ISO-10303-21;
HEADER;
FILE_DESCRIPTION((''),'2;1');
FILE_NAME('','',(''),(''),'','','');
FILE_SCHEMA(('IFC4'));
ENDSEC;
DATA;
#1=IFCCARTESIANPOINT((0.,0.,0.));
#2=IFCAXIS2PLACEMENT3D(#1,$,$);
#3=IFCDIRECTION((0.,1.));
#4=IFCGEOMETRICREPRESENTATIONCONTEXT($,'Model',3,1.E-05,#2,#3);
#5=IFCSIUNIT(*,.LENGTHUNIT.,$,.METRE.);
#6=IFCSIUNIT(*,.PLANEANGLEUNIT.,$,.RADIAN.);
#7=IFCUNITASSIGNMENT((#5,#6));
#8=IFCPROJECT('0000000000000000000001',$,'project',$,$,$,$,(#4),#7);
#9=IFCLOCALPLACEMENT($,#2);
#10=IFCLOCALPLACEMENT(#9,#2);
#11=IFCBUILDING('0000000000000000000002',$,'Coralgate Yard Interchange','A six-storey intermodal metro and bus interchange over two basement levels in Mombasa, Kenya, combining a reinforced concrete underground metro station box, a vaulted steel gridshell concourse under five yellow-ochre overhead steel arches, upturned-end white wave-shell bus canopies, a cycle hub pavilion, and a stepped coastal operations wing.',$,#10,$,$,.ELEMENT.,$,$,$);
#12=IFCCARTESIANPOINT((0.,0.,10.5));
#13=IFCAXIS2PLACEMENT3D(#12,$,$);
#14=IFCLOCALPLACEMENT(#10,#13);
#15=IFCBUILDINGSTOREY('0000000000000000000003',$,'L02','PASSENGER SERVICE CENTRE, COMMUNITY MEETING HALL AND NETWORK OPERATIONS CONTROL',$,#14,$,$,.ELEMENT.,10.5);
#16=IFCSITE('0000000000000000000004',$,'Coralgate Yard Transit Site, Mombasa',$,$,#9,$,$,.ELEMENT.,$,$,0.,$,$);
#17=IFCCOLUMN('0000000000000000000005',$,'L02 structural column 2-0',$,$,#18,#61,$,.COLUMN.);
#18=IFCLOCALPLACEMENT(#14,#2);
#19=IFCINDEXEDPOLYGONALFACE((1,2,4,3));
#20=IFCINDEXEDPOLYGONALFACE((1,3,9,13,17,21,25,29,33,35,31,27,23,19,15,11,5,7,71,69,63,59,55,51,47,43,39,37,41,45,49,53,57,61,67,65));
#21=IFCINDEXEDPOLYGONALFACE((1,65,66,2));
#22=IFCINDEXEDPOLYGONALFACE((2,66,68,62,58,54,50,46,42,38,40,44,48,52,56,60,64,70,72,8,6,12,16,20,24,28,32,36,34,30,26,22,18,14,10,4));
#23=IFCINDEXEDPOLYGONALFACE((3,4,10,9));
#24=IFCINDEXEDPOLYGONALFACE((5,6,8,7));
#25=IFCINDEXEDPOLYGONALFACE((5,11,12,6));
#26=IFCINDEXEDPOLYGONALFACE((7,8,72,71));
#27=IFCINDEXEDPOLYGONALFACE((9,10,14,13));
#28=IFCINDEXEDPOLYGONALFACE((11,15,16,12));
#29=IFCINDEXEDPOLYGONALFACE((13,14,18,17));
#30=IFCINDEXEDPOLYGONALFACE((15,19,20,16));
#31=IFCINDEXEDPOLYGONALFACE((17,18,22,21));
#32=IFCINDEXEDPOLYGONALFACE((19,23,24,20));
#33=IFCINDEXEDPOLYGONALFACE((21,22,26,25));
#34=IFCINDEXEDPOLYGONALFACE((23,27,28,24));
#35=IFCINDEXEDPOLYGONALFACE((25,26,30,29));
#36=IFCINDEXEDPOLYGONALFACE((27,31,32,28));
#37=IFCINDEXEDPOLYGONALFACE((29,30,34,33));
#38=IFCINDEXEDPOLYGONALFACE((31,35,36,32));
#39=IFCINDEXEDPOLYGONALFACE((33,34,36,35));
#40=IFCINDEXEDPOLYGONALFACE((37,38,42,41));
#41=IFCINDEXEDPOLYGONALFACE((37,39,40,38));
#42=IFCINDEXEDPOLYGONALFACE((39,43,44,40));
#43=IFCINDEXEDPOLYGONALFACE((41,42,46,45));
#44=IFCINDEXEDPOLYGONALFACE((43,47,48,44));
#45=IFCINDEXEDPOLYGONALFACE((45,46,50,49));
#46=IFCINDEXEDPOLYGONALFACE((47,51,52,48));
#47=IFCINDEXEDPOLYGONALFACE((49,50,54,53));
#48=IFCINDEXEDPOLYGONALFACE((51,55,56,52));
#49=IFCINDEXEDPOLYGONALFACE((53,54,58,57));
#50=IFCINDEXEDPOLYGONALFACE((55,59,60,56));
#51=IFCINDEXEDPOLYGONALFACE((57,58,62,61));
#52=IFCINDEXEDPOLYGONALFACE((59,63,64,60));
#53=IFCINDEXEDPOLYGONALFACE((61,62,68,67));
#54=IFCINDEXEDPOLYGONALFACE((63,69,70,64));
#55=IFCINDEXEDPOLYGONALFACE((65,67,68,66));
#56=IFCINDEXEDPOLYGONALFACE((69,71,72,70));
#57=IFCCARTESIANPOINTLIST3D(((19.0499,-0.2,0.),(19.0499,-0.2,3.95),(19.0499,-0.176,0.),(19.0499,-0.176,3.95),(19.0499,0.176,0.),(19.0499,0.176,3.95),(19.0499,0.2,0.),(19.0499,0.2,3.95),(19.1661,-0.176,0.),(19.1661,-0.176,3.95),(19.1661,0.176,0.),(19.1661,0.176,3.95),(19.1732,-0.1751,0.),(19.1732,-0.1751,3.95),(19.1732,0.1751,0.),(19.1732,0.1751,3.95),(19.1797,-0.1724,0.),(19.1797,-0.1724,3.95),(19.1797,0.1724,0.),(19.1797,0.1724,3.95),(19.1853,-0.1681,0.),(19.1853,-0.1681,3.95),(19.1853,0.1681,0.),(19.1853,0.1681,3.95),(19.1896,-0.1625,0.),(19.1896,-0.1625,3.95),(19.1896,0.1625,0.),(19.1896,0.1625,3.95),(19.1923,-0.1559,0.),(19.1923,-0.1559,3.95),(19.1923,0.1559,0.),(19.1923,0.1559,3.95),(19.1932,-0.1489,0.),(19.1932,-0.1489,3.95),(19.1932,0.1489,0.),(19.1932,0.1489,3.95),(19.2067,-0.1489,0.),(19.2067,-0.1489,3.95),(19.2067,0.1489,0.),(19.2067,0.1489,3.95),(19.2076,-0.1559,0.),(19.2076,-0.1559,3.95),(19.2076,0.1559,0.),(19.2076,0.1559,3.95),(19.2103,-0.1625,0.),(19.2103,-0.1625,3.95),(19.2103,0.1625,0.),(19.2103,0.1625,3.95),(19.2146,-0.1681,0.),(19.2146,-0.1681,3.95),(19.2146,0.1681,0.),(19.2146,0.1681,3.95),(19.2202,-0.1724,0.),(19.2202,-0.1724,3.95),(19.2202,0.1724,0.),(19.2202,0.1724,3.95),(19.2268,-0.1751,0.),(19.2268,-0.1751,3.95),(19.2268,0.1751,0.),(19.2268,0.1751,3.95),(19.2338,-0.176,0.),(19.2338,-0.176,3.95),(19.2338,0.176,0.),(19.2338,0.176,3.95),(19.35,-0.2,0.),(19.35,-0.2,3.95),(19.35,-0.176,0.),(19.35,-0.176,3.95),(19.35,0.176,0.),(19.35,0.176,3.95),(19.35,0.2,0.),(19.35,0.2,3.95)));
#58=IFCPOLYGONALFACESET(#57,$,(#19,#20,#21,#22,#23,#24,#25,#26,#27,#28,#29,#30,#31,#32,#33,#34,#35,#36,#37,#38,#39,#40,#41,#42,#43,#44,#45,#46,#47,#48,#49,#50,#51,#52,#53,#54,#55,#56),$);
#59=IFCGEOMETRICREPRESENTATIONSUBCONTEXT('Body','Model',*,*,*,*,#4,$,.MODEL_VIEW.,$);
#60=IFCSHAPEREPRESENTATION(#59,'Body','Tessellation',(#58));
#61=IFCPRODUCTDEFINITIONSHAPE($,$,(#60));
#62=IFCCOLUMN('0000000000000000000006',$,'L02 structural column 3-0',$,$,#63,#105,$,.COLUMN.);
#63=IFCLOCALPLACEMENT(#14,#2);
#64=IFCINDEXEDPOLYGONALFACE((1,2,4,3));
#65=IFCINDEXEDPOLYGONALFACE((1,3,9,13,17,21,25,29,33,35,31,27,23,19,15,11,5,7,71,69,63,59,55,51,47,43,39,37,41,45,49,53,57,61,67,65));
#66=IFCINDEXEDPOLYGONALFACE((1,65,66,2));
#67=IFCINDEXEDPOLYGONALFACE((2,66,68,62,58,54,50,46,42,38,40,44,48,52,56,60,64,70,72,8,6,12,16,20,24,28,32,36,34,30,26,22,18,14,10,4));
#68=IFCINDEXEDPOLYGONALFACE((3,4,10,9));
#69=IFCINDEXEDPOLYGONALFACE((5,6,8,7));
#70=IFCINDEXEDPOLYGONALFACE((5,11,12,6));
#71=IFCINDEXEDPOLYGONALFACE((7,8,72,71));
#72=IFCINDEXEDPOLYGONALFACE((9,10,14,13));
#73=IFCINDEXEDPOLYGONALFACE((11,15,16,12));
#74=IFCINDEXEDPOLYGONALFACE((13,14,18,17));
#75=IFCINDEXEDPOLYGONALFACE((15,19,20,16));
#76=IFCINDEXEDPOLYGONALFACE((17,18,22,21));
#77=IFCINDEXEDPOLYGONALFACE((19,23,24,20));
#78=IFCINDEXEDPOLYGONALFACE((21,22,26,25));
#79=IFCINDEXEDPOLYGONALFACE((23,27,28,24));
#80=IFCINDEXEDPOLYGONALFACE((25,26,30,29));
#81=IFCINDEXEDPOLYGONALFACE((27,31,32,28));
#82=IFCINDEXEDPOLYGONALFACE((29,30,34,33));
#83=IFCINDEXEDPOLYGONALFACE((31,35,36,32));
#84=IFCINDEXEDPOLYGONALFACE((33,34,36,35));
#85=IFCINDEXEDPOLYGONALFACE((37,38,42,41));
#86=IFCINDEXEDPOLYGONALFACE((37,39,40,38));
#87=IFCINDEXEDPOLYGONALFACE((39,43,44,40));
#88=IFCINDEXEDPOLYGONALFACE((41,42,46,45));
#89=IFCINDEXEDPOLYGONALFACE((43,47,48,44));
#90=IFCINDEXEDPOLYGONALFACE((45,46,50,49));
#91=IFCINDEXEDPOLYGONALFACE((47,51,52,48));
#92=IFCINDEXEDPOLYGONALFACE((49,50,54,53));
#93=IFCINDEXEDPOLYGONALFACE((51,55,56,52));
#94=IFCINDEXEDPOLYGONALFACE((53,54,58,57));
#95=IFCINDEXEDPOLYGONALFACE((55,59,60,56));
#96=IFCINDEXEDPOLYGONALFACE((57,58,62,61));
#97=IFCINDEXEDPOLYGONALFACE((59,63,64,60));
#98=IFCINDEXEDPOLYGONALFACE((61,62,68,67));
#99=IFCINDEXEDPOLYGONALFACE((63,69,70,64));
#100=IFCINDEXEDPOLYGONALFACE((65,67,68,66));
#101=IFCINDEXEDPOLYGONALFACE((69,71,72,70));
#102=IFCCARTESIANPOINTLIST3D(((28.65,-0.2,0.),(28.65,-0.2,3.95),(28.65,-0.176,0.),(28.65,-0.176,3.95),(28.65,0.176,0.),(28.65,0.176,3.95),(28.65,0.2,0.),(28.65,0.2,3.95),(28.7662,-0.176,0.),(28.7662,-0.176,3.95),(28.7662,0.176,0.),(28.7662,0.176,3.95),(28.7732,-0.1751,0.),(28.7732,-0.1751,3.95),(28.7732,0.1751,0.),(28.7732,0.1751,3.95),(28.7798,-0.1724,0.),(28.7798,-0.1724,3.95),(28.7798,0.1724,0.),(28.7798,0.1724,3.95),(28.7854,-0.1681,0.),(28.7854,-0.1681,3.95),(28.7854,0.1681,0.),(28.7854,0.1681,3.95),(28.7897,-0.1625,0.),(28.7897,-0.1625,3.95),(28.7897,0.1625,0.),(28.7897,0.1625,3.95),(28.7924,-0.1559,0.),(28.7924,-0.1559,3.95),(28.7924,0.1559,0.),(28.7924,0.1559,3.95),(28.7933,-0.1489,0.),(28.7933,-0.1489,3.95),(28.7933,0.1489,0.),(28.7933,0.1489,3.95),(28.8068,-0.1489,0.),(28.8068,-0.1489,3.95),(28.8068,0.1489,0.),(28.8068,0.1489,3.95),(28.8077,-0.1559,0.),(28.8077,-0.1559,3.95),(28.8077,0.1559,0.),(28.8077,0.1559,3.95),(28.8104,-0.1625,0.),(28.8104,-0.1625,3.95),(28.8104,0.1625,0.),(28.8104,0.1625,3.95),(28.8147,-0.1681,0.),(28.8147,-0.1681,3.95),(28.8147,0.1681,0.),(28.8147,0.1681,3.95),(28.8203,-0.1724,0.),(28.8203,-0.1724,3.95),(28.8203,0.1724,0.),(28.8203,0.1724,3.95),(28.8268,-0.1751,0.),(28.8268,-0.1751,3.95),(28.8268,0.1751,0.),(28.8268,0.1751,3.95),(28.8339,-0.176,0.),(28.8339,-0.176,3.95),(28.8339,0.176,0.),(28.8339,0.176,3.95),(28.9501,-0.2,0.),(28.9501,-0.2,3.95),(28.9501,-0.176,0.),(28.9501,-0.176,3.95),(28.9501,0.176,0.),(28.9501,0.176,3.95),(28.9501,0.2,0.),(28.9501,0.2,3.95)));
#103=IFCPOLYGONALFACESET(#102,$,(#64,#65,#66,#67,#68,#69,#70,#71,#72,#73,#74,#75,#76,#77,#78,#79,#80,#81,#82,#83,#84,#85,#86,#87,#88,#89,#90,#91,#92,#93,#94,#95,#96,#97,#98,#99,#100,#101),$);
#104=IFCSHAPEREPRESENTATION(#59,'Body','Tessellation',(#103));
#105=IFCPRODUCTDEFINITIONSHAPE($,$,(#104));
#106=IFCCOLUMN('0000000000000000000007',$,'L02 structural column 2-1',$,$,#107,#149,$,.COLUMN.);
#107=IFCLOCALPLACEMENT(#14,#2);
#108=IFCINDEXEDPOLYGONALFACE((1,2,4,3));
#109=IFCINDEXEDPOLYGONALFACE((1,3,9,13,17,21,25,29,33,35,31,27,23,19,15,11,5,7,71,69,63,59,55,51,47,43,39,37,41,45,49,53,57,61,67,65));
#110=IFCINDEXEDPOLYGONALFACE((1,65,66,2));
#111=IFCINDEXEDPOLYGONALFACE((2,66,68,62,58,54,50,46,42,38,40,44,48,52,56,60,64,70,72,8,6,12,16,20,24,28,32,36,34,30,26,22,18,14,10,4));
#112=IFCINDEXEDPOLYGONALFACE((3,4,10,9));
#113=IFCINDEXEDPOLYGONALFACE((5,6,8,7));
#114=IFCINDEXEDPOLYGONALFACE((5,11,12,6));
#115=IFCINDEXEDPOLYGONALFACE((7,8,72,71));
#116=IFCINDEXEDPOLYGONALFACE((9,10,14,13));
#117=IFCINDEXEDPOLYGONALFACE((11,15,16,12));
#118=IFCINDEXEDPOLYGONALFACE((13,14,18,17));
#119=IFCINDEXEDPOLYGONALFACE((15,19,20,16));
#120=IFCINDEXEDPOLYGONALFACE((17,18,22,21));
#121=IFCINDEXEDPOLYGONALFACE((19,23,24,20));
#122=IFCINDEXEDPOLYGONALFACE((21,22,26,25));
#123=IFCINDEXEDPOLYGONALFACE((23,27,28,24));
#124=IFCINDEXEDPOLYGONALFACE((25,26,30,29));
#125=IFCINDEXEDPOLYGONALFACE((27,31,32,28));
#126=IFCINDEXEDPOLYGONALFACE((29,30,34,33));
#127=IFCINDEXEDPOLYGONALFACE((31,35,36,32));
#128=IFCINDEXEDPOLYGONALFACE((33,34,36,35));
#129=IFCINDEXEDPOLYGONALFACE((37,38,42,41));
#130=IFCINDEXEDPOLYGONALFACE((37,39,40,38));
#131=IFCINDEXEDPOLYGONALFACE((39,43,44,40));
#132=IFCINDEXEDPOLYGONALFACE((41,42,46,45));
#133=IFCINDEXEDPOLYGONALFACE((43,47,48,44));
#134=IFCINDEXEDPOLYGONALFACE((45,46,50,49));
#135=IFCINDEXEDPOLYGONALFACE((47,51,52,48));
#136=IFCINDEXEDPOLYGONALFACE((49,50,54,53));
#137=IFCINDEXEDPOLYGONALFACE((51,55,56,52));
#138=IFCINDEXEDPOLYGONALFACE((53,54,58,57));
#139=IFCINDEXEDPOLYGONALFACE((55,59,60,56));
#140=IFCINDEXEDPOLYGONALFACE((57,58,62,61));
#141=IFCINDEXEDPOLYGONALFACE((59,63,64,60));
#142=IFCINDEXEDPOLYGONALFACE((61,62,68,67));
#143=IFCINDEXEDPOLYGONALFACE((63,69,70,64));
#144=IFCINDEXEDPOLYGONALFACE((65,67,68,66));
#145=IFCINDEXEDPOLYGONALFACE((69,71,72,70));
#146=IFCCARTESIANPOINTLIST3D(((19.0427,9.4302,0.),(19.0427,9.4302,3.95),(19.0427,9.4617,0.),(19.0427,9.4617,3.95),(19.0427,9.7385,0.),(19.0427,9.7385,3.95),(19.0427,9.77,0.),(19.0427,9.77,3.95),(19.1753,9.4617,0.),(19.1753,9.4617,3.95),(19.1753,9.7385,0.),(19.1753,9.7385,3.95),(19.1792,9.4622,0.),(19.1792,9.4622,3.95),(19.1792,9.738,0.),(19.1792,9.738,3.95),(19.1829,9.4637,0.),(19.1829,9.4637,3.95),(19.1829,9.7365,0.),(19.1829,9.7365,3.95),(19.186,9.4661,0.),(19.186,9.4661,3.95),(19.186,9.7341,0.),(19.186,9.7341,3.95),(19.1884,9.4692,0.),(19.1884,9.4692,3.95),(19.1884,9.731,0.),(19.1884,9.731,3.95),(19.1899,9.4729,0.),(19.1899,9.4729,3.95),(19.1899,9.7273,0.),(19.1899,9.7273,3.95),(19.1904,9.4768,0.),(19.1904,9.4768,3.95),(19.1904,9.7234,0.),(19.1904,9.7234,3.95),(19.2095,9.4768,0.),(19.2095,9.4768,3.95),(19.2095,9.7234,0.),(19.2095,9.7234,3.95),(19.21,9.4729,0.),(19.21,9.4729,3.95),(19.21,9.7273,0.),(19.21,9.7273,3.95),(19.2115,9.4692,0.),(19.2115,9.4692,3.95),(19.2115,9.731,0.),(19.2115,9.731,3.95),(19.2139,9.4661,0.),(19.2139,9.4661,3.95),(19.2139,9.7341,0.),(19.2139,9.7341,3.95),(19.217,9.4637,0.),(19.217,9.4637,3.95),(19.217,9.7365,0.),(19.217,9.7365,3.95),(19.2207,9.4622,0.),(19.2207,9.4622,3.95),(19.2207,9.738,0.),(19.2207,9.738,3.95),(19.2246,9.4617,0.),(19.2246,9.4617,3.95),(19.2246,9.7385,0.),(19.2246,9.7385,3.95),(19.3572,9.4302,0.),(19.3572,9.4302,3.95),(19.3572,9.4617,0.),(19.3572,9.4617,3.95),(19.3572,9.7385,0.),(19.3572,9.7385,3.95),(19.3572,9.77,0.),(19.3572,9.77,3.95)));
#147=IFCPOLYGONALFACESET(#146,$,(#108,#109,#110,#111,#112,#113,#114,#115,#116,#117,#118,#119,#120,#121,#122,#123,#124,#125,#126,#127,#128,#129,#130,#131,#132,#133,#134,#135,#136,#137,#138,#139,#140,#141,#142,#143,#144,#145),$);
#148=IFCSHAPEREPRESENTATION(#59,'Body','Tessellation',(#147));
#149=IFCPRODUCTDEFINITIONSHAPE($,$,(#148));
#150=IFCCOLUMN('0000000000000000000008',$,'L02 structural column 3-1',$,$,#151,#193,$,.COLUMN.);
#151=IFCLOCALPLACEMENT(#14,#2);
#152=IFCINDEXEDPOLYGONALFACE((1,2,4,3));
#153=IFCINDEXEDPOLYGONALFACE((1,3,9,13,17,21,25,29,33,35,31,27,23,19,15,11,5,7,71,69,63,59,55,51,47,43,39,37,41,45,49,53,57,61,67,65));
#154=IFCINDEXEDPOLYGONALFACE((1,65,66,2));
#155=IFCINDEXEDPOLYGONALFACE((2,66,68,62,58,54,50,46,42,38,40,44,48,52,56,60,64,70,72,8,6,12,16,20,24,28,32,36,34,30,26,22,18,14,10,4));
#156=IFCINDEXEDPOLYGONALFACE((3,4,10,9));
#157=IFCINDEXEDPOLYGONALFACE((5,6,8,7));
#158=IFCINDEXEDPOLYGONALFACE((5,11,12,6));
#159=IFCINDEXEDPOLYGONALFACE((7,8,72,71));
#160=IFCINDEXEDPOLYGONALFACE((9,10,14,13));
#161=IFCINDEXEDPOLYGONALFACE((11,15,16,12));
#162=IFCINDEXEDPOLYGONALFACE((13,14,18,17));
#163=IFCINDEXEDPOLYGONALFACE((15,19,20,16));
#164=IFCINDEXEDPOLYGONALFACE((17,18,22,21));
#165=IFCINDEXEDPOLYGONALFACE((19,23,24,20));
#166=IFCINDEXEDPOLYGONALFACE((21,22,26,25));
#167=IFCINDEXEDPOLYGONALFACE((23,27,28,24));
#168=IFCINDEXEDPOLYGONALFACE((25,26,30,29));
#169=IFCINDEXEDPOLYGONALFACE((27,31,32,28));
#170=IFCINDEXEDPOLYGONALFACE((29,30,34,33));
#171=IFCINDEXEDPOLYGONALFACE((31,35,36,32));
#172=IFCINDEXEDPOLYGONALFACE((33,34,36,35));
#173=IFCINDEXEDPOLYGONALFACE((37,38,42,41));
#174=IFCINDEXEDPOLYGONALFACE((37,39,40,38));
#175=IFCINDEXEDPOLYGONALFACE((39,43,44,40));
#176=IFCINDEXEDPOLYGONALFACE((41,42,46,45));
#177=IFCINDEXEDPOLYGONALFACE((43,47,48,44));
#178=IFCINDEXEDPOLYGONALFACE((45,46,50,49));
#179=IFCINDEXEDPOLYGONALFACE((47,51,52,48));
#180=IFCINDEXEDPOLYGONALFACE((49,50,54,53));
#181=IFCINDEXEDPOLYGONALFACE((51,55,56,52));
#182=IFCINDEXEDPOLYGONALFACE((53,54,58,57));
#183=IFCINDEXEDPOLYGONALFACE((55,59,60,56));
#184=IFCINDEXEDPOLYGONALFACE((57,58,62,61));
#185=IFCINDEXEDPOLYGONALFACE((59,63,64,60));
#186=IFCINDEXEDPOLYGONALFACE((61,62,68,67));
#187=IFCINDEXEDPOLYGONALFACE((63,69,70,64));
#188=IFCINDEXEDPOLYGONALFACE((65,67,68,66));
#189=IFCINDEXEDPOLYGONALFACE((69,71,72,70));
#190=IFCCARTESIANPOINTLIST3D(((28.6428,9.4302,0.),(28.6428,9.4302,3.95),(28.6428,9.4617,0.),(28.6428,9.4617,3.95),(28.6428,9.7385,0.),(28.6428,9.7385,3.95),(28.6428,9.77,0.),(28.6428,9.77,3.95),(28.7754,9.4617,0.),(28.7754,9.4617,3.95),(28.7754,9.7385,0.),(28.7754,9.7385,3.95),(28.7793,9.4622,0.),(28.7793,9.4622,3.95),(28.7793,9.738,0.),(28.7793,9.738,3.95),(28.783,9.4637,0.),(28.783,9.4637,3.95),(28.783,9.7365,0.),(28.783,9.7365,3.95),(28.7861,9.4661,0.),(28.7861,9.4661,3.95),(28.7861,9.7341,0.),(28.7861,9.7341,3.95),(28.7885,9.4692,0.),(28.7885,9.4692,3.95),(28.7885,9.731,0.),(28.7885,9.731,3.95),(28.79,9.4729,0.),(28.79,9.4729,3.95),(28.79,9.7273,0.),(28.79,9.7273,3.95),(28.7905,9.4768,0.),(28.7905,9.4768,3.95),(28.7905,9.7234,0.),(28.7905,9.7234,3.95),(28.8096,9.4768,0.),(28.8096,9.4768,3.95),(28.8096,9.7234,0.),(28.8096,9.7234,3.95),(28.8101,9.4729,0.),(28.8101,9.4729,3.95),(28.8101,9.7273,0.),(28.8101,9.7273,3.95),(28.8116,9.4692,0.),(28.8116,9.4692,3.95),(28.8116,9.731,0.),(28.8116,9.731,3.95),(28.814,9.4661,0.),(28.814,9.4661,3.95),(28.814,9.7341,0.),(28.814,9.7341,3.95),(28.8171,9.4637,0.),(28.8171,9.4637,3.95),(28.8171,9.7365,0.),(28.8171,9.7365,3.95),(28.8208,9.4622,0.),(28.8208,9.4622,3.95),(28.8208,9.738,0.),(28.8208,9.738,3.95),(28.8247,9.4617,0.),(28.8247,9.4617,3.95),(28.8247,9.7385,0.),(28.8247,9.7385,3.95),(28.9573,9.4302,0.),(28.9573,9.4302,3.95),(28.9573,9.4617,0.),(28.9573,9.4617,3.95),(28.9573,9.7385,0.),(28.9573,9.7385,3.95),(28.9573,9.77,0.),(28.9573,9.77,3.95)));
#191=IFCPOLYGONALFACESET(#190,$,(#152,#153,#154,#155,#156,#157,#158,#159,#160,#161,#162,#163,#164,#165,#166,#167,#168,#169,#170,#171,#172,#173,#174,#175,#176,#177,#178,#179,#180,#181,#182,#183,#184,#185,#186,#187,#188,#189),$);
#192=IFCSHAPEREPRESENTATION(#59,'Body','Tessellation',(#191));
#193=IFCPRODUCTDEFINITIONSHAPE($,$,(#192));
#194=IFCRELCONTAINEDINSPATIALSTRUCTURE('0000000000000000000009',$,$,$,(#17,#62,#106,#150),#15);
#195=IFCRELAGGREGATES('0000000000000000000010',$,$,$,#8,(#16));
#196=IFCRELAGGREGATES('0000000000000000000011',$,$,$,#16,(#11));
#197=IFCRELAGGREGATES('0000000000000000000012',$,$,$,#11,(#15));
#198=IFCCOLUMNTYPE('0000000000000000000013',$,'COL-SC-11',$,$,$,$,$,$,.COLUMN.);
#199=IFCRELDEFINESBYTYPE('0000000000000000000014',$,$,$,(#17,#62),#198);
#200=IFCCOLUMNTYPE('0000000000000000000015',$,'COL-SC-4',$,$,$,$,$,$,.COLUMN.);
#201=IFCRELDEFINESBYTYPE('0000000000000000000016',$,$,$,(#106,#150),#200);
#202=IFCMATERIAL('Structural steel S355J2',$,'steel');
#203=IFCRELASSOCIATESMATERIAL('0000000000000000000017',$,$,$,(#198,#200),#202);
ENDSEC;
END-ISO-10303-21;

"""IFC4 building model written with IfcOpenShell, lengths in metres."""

from ifc_helpers import new_model, si_unit, direction, frame, origin, origin_2d, place, context, subcontext, project, spatial, i_section, extrude, material, material_profile, profile_set, type_object, element, save


model = new_model("IFC4")

# Units and contexts
model_context = context("Model", 3, precision=1e-05, world=origin(), true_north=direction((0.0, 1.0)))
body_context = subcontext(model_context, "Body", "Model", "MODEL_VIEW")
ifc_project = project(units=[si_unit("LENGTHUNIT", "METRE"), si_unit("PLANEANGLEUNIT", "RADIAN")], contexts=[model_context])

# Site, building, storey
site_placement = place(None, origin())
site = spatial("IfcSite", under=ifc_project, at=site_placement, Name="Coralgate Yard Transit Site, Mombasa", CompositionType="ELEMENT", RefElevation=0.0)
building_placement = place(site_placement, origin())
building = spatial("IfcBuilding", under=site, at=building_placement, Name="Coralgate Yard Interchange", Description="A six-storey intermodal metro and bus interchange over two basement levels in Mombasa, Kenya, combining a reinforced concrete underground metro station box, a vaulted steel gridshell concourse under five yellow-ochre overhead steel arches, upturned-end white wave-shell bus canopies, a cycle hub pavilion, and a stepped coastal operations wing.", CompositionType="ELEMENT")
storey_placement = place(building_placement, frame((0.0, 0.0, 10.5)))
storey = spatial("IfcBuildingStorey", under=building, at=storey_placement, Name="L02", Description="PASSENGER SERVICE CENTRE, COMMUNITY MEETING HALL AND NETWORK OPERATIONS CONTROL", CompositionType="ELEMENT", Elevation=10.5)

# Columns
ifc_material_1 = material(Name="Structural steel S355J2", Category="steel")
ifc_material_profile_1 = material_profile(ifc_material_1, i_section(OverallWidth=0.3, OverallDepth=0.3999, WebThickness=0.0134, FlangeThickness=0.0239, FilletRadius=0.0271, at=origin_2d()), Name="HEB 400")
ifc_profile_set_1 = profile_set([ifc_material_profile_1], Name="Structural steel S355J2")
column_type_1 = type_object("IfcColumnType", Name="COL-SC-11", PredefinedType="COLUMN", material=ifc_profile_set_1)
for number, where, z_axis, x_axis, name in (
    (1, (19.2, 0.0, 0.0), (0.0, 0.0, 1.0), (1.0, 0.0, 0.0), "L02 structural column 2-0"),
    (2, (28.8, 0.0, 0.0), (0.0, 0.0, 1.0), (1.0, 0.0, 0.0), "L02 structural column 3-0"),
):
    element("IfcColumn", number, at=place(storey_placement, frame(where, z_axis=z_axis, x_axis=x_axis)), inside=storey, type_object=column_type_1, Name=name, PredefinedType="COLUMN", context=body_context, shape_type="SweptSolid", body=[
        extrude(i_section(OverallWidth=0.3, OverallDepth=0.3999, WebThickness=0.0134, FlangeThickness=0.0239, FilletRadius=0.0271, at=origin_2d()), origin(), (0.0, 0.0, 1.0), 3.95),
    ])
ifc_material_profile_2 = material_profile(ifc_material_1, i_section(OverallWidth=0.3145, OverallDepth=0.3398, WebThickness=0.019, FlangeThickness=0.0315, FilletRadius=0.0151, at=origin_2d()), Name="UC 305x305x198")
ifc_profile_set_2 = profile_set([ifc_material_profile_2], Name="Structural steel S355J2")
column_type_2 = type_object("IfcColumnType", Name="COL-SC-4", PredefinedType="COLUMN", material=ifc_profile_set_2)
for number, where, z_axis, x_axis, name in (
    (3, (19.2, 9.6001, 0.0), (0.0, 0.0, 1.0), (1.0, 0.0, 0.0), "L02 structural column 2-1"),
    (4, (28.8, 9.6001, 0.0), (0.0, 0.0, 1.0), (1.0, 0.0, 0.0), "L02 structural column 3-1"),
):
    element("IfcColumn", number, at=place(storey_placement, frame(where, z_axis=z_axis, x_axis=x_axis)), inside=storey, type_object=column_type_2, Name=name, PredefinedType="COLUMN", context=body_context, shape_type="SweptSolid", body=[
        extrude(i_section(OverallWidth=0.3145, OverallDepth=0.3398, WebThickness=0.019, FlangeThickness=0.0315, FilletRadius=0.0151, at=origin_2d()), origin(), (0.0, 0.0, 1.0), 3.95),
    ])

save(model, "model.ifc")
